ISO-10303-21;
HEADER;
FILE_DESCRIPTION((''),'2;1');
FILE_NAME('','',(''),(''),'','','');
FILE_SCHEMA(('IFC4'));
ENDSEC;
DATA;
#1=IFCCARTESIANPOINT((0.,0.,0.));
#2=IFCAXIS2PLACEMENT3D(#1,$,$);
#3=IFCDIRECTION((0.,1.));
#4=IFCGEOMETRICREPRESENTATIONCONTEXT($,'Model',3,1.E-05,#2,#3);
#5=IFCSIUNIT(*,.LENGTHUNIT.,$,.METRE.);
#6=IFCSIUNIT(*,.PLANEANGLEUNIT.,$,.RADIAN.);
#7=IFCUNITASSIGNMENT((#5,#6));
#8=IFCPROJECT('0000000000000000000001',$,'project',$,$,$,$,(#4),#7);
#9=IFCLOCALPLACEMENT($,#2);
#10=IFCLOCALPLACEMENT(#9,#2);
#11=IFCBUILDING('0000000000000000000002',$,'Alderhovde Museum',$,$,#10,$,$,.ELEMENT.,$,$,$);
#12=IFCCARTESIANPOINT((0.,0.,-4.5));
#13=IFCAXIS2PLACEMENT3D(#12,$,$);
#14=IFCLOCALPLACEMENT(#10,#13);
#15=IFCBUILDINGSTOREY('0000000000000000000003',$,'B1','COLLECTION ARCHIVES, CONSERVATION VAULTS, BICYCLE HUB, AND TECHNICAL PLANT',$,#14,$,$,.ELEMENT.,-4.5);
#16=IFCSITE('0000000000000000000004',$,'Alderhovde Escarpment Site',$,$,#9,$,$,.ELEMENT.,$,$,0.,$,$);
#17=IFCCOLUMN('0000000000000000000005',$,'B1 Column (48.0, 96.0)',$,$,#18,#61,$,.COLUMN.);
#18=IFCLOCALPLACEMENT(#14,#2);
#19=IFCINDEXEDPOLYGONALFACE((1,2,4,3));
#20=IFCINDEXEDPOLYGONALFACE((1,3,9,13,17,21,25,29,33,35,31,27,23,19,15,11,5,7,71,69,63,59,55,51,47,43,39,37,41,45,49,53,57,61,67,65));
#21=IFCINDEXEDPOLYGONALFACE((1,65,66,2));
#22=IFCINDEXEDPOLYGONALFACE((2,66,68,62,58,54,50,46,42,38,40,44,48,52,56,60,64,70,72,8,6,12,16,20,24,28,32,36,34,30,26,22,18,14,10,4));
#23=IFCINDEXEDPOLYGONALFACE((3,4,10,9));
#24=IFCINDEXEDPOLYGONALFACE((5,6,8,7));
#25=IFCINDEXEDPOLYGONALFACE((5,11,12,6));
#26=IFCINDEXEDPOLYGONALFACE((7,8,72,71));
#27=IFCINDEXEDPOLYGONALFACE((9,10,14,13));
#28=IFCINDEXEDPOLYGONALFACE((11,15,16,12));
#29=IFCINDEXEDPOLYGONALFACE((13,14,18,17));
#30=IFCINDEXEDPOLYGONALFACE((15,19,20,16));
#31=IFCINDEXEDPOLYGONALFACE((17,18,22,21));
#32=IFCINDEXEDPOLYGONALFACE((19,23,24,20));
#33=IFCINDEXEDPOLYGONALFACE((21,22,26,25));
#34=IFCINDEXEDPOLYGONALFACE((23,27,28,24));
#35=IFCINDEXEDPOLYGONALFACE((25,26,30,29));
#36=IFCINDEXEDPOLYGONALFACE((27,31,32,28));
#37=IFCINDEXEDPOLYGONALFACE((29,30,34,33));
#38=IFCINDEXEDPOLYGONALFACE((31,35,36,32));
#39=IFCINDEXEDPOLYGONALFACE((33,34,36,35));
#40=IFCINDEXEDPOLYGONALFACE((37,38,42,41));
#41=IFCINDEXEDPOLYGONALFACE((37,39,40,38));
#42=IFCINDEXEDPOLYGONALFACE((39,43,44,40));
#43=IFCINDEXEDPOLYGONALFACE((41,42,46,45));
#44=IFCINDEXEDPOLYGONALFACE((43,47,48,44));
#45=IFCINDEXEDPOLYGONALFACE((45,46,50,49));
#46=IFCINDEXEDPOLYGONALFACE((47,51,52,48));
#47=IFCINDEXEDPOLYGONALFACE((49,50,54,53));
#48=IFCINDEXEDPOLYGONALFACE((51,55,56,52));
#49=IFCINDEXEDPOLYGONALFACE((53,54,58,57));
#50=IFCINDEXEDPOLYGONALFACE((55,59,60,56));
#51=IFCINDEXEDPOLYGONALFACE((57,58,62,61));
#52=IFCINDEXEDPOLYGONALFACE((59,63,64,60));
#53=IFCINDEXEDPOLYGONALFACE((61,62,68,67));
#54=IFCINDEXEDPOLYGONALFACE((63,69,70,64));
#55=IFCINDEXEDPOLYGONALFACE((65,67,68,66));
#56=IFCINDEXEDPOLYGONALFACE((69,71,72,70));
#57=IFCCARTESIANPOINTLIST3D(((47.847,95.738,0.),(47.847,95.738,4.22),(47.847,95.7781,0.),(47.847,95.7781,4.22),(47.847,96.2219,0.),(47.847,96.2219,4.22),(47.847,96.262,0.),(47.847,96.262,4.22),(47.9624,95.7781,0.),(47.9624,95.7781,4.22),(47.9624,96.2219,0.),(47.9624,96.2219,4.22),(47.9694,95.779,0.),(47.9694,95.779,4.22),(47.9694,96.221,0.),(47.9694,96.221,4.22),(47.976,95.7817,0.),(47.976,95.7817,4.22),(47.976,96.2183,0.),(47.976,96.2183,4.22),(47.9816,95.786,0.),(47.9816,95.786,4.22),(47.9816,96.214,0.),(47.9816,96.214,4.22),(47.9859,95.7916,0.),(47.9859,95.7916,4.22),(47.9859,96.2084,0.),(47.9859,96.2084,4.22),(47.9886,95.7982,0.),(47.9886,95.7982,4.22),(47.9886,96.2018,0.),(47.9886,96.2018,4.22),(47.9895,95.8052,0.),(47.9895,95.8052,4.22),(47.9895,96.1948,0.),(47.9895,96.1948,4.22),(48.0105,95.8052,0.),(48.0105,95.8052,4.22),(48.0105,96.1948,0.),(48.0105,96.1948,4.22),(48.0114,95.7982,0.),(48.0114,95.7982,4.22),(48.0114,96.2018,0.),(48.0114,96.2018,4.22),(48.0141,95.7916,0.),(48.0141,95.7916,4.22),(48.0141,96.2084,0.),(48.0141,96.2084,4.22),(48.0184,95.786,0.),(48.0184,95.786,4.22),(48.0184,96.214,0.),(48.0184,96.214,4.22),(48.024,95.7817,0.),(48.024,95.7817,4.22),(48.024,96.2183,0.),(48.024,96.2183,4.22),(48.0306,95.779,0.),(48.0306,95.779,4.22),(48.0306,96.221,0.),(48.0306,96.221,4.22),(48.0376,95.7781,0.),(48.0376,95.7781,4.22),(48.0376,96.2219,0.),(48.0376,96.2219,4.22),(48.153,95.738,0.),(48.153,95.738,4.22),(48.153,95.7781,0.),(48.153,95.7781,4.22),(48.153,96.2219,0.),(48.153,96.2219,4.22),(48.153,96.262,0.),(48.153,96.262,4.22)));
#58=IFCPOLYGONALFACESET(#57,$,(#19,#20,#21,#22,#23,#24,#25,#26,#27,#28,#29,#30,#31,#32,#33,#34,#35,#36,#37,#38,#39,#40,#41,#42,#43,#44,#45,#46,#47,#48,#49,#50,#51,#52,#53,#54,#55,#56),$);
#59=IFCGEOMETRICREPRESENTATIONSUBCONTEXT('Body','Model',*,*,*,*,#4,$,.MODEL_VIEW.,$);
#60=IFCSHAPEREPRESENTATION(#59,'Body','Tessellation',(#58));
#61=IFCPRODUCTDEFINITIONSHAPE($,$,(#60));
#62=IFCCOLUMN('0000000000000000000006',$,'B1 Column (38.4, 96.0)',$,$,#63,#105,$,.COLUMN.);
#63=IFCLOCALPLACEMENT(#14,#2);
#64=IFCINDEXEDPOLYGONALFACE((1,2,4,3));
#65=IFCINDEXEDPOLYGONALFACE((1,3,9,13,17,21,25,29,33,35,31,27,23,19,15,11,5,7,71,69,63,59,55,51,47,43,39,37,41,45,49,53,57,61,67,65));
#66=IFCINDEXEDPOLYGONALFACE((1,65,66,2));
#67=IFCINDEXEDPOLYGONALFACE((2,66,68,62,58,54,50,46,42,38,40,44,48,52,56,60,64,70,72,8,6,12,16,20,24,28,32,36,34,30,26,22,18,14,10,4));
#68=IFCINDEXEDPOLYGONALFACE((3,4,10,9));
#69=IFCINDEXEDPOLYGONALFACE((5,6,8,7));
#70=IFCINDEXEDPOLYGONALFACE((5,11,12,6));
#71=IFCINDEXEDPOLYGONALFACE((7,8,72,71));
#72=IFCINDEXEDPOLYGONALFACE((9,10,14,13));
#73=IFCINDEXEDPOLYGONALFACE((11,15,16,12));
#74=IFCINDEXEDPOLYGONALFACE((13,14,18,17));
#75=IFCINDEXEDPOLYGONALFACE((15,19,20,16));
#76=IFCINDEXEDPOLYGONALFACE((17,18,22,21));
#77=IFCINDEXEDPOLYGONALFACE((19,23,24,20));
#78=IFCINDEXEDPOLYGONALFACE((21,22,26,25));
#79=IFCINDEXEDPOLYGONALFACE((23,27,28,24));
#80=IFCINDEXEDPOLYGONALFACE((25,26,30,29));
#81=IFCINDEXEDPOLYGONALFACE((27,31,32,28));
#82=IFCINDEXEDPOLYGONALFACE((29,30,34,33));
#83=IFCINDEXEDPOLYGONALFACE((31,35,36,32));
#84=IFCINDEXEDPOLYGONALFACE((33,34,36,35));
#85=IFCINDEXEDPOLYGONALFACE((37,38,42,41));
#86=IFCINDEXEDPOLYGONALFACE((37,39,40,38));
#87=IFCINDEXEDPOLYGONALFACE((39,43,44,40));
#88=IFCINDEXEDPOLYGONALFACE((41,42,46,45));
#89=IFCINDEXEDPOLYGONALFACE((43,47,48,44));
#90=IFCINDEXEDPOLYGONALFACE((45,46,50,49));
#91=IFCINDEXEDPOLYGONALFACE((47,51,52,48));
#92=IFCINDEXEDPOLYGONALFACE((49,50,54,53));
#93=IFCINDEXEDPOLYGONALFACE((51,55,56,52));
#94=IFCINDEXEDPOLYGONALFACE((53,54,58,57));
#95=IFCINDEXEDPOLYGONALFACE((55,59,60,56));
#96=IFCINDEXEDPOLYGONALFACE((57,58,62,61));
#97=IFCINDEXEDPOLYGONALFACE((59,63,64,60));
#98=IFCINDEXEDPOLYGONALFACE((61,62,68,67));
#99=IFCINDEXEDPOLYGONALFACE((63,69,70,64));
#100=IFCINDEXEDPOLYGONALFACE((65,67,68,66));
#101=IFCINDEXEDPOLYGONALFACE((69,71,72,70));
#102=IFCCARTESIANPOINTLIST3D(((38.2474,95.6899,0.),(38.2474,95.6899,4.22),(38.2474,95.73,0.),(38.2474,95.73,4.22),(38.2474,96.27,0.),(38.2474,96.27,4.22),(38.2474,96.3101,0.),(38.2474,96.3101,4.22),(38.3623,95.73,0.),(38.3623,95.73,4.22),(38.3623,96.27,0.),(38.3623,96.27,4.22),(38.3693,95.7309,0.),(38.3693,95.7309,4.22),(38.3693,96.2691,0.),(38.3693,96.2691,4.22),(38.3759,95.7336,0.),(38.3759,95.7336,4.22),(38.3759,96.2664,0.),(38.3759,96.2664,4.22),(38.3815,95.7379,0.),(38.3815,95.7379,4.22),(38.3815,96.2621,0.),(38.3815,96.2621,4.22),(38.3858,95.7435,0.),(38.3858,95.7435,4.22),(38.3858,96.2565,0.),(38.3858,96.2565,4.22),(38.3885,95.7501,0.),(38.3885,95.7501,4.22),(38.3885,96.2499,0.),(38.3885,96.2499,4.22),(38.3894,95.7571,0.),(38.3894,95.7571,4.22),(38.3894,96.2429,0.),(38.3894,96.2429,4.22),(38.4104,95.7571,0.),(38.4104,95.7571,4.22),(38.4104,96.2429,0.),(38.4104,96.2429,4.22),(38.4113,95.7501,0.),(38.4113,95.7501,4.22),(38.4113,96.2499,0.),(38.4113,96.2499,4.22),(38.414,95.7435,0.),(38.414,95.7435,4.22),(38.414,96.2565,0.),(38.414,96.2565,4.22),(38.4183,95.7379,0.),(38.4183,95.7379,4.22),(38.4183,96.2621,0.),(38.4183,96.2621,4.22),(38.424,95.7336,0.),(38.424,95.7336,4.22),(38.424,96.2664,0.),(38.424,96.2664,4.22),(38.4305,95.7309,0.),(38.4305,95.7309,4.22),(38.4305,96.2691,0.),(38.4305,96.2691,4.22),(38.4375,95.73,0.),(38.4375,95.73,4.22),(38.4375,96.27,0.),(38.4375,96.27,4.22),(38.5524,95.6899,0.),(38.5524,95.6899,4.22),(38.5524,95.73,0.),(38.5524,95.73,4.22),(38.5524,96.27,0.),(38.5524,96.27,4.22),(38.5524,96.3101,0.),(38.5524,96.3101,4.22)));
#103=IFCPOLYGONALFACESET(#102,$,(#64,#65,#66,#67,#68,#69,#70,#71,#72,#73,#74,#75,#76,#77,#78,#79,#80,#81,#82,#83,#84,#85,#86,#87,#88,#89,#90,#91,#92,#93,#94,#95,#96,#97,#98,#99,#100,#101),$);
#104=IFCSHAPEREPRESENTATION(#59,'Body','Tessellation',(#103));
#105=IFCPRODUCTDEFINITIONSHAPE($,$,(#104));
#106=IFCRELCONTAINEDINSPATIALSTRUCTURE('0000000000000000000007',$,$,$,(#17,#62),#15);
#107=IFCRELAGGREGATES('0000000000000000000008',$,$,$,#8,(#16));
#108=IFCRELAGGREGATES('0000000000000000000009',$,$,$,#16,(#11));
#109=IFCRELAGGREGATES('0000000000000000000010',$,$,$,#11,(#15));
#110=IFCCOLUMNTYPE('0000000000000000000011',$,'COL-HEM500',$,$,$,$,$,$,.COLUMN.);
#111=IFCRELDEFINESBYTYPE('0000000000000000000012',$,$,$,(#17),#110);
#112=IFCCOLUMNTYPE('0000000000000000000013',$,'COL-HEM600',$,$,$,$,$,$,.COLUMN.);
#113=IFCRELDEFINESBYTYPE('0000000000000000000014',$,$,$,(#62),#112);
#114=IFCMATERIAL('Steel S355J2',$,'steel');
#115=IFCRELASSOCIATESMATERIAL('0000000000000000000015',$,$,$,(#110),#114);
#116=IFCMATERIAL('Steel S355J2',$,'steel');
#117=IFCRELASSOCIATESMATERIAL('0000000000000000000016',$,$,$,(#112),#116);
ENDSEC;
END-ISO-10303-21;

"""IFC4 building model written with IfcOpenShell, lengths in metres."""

from ifc_helpers import new_model, si_unit, direction, frame, origin, origin_2d, place, context, subcontext, project, spatial, i_section, extrude, material, material_profile, profile_set, type_object, element, save


model = new_model("IFC4")

# Units and contexts
model_context = context("Model", 3, precision=1e-05, world=origin(), true_north=direction((0.0, 1.0)))
body_context = subcontext(model_context, "Body", "Model", "MODEL_VIEW")
ifc_project = project(units=[si_unit("LENGTHUNIT", "METRE"), si_unit("PLANEANGLEUNIT", "RADIAN")], contexts=[model_context])

# Site, building, storey
site_placement = place(None, origin())
site = spatial("IfcSite", under=ifc_project, at=site_placement, Name="Alderhovde Escarpment Site", CompositionType="ELEMENT", RefElevation=0.0)
building_placement = place(site_placement, origin())
building = spatial("IfcBuilding", under=site, at=building_placement, Name="Alderhovde Museum", CompositionType="ELEMENT")
storey_placement = place(building_placement, frame((0.0, 0.0, -4.5)))
storey = spatial("IfcBuildingStorey", under=building, at=storey_placement, Name="B1", Description="COLLECTION ARCHIVES, CONSERVATION VAULTS, BICYCLE HUB, AND TECHNICAL PLANT", CompositionType="ELEMENT", Elevation=-4.5)

# Columns
ifc_material_1 = material(Name="Steel S355J2", Category="steel")
ifc_material_profile_1 = material_profile(ifc_material_1, i_section(OverallWidth=0.3059, OverallDepth=0.5239, WebThickness=0.021, FlangeThickness=0.04, FilletRadius=0.0271, at=origin_2d()), Name="HEM 500")
ifc_profile_set_1 = profile_set([ifc_material_profile_1], Name="Steel S355J2")
column_type_1 = type_object("IfcColumnType", Name="COL-HEM500", PredefinedType="COLUMN", material=ifc_profile_set_1)
column_1_placement = place(storey_placement, frame((48.0, 96.0, 0.0), z_axis=(0.0, 0.0, 1.0), x_axis=(1.0, 0.0, 0.0)))
element("IfcColumn", 1, at=column_1_placement, inside=storey, type_object=column_type_1, Name="B1 Column (48.0, 96.0)", PredefinedType="COLUMN", context=body_context, shape_type="SweptSolid", body=[
    extrude(i_section(OverallWidth=0.3059, OverallDepth=0.5239, WebThickness=0.021, FlangeThickness=0.04, FilletRadius=0.0271, at=origin_2d()), origin(), (0.0, 0.0, 1.0), 4.22),
])
ifc_material_2 = material(Name="Steel S355J2", Category="steel")
ifc_material_profile_2 = material_profile(ifc_material_2, i_section(OverallWidth=0.3049, OverallDepth=0.6201, WebThickness=0.021, FlangeThickness=0.04, FilletRadius=0.0271, at=origin_2d()), Name="HEM 600")
ifc_profile_set_2 = profile_set([ifc_material_profile_2], Name="Steel S355J2")
column_type_2 = type_object("IfcColumnType", Name="COL-HEM600", PredefinedType="COLUMN", material=ifc_profile_set_2)
column_2_placement = place(storey_placement, frame((38.3999, 96.0, 0.0), z_axis=(0.0, 0.0, 1.0), x_axis=(1.0, 0.0, 0.0)))
element("IfcColumn", 2, at=column_2_placement, inside=storey, type_object=column_type_2, Name="B1 Column (38.4, 96.0)", PredefinedType="COLUMN", context=body_context, shape_type="SweptSolid", body=[
    extrude(i_section(OverallWidth=0.3049, OverallDepth=0.6201, WebThickness=0.021, FlangeThickness=0.04, FilletRadius=0.0271, at=origin_2d()), origin(), (0.0, 0.0, 1.0), 4.22),
])

save(model, "model.ifc")
